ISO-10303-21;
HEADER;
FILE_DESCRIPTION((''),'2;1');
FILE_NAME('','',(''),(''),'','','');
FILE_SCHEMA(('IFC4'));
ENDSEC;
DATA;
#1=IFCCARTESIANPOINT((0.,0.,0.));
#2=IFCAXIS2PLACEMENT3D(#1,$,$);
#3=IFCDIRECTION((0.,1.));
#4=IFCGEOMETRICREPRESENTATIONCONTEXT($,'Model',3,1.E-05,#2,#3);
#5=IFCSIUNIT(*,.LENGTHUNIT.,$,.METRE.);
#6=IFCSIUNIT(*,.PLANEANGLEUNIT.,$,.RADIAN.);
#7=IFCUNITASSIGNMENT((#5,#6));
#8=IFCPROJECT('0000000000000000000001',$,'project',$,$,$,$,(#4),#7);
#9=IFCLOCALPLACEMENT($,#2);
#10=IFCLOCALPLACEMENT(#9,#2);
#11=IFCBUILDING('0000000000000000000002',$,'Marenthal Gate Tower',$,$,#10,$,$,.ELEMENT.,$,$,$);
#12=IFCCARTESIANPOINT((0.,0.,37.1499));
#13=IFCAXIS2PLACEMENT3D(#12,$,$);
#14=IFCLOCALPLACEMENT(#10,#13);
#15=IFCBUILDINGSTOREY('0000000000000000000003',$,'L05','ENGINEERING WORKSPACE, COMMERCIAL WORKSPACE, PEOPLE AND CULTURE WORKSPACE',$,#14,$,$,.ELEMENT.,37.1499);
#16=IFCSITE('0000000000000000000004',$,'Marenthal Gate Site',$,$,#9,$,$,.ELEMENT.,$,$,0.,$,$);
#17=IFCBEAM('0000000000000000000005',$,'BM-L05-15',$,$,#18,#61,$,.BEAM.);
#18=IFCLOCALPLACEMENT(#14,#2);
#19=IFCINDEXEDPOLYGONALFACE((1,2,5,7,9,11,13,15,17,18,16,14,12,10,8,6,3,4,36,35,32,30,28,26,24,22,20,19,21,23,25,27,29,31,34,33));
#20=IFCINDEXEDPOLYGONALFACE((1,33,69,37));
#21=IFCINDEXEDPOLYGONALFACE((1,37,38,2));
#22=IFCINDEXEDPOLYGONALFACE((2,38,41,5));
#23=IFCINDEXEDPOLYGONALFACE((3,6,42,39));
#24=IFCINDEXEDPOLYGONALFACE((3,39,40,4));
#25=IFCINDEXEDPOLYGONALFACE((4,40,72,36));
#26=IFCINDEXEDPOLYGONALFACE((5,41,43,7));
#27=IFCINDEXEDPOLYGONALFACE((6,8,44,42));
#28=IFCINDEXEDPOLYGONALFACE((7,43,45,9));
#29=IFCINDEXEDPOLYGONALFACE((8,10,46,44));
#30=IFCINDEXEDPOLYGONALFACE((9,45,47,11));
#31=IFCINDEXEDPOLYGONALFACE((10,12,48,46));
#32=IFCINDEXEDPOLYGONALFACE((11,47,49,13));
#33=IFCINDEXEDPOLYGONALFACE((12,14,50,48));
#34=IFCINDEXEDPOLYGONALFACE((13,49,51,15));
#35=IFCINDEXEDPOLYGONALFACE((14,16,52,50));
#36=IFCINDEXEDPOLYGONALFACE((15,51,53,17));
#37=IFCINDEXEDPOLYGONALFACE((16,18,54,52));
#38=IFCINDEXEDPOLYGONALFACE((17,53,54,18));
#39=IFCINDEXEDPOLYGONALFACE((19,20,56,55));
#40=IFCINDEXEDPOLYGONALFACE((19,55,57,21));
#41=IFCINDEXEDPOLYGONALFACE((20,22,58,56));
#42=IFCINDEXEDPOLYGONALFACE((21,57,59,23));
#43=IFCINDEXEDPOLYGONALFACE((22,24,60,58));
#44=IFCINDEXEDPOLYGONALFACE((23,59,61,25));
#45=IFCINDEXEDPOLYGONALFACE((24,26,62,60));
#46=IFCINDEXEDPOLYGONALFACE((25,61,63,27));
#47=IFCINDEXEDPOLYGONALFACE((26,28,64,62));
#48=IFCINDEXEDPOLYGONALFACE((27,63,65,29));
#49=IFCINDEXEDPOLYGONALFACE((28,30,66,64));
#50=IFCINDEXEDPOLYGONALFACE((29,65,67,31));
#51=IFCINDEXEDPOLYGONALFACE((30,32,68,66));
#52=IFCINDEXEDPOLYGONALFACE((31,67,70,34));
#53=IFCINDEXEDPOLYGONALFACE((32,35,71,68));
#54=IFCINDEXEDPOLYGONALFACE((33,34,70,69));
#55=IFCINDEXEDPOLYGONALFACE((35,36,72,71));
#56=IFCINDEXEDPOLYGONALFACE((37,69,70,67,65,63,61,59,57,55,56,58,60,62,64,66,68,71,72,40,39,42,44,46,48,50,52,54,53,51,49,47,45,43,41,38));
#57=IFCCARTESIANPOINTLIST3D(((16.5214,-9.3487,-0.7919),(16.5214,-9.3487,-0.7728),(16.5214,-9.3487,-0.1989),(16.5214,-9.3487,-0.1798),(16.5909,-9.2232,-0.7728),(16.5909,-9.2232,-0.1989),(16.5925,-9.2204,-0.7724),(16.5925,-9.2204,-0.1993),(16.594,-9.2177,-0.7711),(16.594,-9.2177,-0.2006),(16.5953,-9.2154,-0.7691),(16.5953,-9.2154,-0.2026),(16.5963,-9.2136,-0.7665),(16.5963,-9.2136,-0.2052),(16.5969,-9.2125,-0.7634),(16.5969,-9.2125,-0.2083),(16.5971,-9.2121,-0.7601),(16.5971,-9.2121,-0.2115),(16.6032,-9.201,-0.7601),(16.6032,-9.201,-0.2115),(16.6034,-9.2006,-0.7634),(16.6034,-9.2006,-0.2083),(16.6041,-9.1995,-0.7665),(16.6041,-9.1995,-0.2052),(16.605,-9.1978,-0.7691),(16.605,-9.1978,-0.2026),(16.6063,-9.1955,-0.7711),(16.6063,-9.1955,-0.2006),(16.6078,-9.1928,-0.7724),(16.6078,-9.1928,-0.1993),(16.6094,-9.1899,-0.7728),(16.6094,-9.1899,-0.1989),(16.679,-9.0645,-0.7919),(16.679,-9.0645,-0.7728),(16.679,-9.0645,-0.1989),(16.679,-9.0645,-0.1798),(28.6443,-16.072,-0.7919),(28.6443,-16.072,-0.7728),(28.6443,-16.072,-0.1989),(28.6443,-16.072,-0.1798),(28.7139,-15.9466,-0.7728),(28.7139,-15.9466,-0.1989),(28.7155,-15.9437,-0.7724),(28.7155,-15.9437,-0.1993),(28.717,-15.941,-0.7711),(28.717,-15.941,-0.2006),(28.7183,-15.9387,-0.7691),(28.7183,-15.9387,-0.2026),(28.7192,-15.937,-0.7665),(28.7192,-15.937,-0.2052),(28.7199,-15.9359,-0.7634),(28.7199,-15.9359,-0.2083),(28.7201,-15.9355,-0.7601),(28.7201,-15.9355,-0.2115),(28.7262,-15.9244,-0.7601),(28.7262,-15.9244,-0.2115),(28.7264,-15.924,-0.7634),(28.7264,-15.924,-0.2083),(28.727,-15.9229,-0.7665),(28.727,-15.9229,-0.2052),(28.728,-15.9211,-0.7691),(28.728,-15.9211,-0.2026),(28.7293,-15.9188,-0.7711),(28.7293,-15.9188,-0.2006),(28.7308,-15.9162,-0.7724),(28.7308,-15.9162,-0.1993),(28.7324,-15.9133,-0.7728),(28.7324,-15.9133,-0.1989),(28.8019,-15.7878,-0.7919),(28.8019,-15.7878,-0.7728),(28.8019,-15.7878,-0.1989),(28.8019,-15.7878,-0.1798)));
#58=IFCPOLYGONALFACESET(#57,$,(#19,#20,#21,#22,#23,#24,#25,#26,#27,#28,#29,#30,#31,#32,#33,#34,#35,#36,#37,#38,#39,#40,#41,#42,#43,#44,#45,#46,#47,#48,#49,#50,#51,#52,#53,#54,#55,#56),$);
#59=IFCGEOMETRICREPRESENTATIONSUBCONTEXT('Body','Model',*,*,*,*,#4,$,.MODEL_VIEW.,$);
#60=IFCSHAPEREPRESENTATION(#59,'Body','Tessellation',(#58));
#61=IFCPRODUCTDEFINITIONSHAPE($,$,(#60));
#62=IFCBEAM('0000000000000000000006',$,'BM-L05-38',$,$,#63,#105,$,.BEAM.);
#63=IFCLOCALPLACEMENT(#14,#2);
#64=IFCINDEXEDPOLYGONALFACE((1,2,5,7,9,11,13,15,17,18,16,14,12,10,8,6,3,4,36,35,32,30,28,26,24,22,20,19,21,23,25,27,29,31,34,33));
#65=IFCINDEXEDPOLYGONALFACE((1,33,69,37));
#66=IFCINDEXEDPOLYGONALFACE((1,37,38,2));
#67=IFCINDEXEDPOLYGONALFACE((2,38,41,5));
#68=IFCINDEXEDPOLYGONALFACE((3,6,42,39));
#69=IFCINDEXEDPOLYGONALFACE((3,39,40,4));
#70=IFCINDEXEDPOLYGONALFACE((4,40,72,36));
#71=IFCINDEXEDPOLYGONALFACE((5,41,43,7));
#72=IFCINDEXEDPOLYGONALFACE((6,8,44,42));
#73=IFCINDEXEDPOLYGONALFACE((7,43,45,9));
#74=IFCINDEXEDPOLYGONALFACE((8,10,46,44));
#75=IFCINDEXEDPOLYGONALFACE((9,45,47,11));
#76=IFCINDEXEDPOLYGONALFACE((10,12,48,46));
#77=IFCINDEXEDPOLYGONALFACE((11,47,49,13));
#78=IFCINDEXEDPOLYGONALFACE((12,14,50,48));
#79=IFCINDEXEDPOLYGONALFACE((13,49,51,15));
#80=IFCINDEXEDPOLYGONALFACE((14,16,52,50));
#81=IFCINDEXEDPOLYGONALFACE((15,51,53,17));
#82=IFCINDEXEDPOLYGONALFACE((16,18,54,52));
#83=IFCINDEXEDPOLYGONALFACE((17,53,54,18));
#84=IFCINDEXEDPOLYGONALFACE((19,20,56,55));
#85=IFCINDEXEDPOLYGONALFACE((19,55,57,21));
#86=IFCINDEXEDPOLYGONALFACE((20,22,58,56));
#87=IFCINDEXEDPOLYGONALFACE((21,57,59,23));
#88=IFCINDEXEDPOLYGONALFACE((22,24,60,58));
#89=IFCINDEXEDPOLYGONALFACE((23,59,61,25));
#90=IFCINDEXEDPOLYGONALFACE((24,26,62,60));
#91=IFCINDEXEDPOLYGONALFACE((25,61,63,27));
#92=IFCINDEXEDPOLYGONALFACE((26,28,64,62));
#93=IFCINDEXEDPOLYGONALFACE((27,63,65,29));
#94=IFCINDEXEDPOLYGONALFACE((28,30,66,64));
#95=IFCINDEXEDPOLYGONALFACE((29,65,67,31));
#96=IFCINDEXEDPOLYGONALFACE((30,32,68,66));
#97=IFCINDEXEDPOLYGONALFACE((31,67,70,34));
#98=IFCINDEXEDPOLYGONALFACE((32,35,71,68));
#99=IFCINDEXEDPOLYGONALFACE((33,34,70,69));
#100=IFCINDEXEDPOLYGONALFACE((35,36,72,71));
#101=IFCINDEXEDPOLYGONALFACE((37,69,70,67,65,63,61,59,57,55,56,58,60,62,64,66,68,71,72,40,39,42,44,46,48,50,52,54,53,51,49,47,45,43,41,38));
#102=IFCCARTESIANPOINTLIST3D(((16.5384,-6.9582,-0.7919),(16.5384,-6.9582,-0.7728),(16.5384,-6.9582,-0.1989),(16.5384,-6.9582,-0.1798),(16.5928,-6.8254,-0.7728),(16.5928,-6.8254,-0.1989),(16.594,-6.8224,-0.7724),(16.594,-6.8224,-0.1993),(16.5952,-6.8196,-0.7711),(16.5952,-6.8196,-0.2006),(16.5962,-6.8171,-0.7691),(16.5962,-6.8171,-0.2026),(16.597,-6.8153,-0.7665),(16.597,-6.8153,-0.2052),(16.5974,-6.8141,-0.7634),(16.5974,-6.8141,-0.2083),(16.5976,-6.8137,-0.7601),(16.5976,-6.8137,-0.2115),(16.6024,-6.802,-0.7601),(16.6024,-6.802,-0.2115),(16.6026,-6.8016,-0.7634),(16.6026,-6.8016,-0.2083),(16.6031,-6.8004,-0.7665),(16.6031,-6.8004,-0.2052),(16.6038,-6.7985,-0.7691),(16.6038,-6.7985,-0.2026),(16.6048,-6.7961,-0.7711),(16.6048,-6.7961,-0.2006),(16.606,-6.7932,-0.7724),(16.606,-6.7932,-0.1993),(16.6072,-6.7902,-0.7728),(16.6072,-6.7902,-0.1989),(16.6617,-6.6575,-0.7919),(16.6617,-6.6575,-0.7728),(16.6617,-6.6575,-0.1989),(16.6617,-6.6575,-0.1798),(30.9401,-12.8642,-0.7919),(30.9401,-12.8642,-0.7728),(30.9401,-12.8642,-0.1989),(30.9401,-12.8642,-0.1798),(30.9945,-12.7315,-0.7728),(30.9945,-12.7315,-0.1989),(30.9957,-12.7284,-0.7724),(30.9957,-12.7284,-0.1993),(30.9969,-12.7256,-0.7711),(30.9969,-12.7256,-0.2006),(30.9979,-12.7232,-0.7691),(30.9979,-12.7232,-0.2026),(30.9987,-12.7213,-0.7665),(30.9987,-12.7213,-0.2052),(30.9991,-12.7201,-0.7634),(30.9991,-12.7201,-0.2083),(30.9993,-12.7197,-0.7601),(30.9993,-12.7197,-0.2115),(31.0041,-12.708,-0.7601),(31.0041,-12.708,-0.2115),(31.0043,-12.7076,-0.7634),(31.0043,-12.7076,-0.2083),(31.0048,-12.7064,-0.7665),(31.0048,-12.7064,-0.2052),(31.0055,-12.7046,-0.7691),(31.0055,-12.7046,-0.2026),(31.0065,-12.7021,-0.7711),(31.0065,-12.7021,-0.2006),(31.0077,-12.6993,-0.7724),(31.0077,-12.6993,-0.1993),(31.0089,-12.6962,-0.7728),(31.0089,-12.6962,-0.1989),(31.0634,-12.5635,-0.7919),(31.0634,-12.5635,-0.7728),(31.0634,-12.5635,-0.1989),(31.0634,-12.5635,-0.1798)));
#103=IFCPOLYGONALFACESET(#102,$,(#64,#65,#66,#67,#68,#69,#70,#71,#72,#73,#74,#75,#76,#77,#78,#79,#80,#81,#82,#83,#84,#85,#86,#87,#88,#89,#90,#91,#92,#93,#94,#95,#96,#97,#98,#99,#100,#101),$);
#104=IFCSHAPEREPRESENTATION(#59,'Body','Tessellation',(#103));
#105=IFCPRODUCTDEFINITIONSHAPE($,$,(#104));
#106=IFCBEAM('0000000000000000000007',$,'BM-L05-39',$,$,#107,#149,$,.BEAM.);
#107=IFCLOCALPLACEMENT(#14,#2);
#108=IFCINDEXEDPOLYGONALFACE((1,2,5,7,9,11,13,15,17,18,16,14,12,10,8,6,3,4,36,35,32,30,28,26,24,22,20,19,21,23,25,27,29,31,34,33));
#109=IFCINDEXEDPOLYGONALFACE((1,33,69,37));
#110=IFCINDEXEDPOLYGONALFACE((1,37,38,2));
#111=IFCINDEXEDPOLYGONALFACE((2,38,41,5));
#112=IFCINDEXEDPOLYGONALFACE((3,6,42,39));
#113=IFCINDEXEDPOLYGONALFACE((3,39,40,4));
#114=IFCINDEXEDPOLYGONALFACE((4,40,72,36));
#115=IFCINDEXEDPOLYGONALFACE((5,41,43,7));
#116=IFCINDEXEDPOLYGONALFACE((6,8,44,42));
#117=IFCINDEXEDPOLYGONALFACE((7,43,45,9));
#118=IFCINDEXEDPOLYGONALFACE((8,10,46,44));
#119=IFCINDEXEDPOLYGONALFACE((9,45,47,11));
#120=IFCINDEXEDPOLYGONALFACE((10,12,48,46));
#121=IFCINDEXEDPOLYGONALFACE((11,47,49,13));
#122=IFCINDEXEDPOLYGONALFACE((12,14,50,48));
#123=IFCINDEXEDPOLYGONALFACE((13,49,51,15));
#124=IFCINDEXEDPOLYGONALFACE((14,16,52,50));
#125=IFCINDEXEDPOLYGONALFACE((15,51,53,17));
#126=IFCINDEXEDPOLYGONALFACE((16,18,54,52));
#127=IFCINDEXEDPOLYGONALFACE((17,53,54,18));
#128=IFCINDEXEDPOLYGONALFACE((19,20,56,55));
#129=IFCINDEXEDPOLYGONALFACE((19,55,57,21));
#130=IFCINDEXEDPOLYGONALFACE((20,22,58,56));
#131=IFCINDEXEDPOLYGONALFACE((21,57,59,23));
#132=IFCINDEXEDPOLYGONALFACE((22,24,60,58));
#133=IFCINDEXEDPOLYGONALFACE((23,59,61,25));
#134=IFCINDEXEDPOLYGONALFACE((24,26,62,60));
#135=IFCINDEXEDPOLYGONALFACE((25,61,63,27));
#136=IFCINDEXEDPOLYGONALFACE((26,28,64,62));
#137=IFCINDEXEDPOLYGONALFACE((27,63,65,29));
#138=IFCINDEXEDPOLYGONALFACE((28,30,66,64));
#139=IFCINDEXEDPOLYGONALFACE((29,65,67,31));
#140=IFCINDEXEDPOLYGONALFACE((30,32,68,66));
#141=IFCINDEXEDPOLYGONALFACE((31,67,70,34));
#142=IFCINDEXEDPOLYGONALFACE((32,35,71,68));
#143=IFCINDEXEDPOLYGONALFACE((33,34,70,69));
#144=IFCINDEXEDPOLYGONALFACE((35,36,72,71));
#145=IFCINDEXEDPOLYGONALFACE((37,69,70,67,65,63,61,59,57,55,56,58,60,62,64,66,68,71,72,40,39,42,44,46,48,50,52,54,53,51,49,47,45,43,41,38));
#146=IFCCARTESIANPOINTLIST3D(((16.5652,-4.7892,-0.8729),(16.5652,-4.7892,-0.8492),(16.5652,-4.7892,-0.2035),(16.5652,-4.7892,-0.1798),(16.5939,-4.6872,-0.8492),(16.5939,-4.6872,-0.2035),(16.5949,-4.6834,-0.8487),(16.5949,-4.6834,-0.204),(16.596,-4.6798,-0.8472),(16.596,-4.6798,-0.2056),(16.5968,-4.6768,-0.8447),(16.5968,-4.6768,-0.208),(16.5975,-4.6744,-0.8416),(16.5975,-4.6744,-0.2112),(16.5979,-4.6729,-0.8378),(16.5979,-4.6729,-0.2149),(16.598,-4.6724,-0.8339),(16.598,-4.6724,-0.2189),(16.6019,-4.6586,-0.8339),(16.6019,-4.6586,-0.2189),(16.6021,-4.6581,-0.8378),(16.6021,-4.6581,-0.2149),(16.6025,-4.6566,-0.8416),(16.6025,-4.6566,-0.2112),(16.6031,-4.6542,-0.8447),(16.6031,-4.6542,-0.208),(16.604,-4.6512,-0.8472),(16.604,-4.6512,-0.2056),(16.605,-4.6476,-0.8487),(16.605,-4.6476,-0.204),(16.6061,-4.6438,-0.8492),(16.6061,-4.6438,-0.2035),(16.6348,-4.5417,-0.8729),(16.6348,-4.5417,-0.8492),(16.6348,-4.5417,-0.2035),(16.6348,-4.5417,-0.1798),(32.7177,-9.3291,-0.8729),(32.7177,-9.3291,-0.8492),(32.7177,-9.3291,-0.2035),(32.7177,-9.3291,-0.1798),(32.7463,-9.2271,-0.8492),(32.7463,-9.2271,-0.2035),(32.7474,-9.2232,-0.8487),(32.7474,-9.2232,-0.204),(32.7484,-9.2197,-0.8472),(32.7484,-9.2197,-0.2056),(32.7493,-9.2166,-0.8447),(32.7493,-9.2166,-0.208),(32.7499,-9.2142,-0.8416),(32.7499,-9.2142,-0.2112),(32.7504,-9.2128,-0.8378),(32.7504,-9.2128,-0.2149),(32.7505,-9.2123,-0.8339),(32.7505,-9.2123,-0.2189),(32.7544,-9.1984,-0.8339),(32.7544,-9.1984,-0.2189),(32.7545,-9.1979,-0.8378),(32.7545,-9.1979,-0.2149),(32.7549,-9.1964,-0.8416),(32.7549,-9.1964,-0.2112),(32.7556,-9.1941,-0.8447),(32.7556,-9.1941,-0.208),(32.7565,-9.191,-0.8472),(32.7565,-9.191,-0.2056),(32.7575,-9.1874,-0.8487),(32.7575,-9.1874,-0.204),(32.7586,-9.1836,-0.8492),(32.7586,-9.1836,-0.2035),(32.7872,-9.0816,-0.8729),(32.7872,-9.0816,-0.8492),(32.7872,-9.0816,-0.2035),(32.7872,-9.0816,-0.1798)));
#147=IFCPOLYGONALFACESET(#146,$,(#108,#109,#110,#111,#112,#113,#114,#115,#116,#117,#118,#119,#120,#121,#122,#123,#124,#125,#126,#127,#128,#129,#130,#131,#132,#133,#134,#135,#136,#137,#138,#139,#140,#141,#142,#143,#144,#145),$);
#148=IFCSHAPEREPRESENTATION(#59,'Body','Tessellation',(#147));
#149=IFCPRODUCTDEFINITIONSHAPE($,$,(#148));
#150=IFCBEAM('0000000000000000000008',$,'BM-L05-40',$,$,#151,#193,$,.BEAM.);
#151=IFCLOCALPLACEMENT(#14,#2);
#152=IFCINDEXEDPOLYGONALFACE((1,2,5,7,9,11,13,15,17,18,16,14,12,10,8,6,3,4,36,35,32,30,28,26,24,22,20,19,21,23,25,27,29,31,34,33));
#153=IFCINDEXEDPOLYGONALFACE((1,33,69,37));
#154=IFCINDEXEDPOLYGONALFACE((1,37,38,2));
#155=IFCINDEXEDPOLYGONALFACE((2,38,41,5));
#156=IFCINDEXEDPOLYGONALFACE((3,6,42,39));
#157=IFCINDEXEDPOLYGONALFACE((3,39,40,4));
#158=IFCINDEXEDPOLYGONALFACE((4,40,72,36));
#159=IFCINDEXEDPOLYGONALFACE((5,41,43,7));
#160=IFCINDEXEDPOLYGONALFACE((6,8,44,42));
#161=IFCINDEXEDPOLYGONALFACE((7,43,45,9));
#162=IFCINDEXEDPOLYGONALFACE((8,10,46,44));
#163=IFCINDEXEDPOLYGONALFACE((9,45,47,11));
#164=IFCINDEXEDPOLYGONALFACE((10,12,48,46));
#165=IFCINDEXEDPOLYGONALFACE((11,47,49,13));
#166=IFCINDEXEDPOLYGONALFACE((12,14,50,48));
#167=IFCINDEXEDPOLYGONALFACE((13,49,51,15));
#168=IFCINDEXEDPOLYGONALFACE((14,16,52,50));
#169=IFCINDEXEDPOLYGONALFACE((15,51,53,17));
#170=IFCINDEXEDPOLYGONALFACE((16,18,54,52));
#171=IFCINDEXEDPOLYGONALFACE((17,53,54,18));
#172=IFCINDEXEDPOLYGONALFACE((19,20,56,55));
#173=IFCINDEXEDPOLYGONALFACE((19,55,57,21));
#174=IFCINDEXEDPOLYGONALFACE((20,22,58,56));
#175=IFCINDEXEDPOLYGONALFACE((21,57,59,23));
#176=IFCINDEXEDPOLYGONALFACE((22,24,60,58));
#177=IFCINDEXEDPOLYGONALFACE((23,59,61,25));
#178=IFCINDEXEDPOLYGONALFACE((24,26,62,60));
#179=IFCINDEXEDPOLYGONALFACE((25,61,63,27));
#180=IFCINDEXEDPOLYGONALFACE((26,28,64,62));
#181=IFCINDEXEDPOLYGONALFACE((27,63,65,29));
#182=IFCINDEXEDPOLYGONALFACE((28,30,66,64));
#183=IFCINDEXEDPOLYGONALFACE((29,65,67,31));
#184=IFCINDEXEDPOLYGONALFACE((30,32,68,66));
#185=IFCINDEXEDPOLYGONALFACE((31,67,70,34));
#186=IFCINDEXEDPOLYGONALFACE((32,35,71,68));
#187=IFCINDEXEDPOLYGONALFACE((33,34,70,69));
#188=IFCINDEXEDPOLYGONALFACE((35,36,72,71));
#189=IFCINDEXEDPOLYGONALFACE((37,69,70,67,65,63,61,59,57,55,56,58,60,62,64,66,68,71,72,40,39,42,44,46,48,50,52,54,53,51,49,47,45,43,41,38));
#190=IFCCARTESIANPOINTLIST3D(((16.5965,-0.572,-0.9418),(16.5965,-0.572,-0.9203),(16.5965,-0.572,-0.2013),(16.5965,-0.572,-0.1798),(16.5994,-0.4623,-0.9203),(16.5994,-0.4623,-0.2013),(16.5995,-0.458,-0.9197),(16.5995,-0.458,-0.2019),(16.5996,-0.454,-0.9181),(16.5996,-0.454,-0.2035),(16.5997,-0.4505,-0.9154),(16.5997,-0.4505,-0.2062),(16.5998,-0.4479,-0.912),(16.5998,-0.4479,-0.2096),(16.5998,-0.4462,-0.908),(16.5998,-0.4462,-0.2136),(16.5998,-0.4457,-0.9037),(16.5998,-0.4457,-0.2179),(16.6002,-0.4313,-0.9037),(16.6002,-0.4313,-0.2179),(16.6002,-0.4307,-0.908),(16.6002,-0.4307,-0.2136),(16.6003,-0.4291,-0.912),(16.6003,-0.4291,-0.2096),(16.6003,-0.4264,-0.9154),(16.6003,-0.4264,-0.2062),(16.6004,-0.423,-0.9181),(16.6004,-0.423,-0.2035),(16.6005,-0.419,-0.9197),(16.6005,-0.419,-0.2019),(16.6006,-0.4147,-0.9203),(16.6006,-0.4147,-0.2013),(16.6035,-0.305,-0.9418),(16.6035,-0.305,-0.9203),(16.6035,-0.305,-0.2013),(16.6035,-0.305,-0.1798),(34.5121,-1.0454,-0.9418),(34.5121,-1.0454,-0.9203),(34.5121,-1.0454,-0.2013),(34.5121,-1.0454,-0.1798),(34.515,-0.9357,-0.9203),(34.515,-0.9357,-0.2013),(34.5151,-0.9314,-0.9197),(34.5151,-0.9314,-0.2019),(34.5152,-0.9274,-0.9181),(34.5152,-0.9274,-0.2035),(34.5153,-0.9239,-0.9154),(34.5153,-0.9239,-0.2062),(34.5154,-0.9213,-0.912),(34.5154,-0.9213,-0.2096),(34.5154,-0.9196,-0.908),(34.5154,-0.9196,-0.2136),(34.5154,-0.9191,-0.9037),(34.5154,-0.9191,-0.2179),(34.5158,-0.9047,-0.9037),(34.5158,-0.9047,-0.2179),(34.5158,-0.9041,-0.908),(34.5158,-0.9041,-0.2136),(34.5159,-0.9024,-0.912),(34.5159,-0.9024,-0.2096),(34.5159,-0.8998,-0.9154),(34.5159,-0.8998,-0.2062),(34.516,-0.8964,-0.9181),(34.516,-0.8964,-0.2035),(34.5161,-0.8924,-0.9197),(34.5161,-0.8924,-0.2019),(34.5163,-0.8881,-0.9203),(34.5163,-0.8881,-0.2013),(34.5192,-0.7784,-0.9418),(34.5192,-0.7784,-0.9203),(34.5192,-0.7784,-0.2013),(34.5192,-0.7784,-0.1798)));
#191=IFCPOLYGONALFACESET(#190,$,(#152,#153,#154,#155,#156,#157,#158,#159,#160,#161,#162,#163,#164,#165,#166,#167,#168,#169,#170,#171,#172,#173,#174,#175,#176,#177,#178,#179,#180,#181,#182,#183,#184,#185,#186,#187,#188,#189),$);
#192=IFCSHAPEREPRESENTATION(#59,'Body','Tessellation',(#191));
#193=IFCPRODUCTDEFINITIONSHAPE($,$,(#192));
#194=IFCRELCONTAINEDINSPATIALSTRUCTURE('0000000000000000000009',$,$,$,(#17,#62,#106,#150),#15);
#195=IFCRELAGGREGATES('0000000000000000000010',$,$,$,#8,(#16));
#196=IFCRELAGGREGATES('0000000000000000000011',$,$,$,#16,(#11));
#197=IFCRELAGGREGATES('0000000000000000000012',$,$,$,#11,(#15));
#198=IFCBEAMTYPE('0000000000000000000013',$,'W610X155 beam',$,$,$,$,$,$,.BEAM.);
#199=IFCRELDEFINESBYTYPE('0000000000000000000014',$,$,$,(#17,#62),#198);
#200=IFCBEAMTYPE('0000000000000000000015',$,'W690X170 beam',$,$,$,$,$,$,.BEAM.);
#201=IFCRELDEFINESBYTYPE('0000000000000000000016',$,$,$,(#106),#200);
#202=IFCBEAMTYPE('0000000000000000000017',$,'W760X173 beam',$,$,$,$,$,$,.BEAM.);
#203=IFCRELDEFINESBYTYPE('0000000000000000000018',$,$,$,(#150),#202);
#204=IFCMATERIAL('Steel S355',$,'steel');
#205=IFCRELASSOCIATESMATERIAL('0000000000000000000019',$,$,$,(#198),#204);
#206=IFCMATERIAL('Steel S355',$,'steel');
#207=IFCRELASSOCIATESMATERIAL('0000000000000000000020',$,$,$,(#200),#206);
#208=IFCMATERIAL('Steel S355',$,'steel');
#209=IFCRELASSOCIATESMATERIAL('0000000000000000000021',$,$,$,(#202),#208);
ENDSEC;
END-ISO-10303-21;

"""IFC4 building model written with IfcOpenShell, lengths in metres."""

from ifc_helpers import new_model, si_unit, direction, frame, origin, origin_2d, place, context, subcontext, project, spatial, i_section, extrude, material, material_profile, profile_set, type_object, element, save


model = new_model("IFC4")

# Units and contexts
model_context = context("Model", 3, precision=1e-05, world=origin(), true_north=direction((0.0, 1.0)))
body_context = subcontext(model_context, "Body", "Model", "MODEL_VIEW")
ifc_project = project(units=[si_unit("LENGTHUNIT", "METRE"), si_unit("PLANEANGLEUNIT", "RADIAN")], contexts=[model_context])

# Site, building, storey
site_placement = place(None, origin())
site = spatial("IfcSite", under=ifc_project, at=site_placement, Name="Marenthal Gate Site", CompositionType="ELEMENT", RefElevation=0.0)
building_placement = place(site_placement, origin())
building = spatial("IfcBuilding", under=site, at=building_placement, Name="Marenthal Gate Tower", CompositionType="ELEMENT")
storey_placement = place(building_placement, frame((0.0, 0.0, 37.1499)))
storey = spatial("IfcBuildingStorey", under=building, at=storey_placement, Name="L05", Description="ENGINEERING WORKSPACE, COMMERCIAL WORKSPACE, PEOPLE AND CULTURE WORKSPACE", CompositionType="ELEMENT", Elevation=37.1499)

# Beams
ifc_material_1 = material(Name="Steel S355", Category="steel")
ifc_material_profile_1 = material_profile(ifc_material_1, i_section(OverallWidth=0.325, OverallDepth=0.6121, WebThickness=0.0127, FlangeThickness=0.019, FilletRadius=0.0127, at=origin_2d()), Name="W610X155")
ifc_profile_set_1 = profile_set([ifc_material_profile_1], Name="Steel S355")
beam_type_1 = type_object("IfcBeamType", Name="W610X155 beam", PredefinedType="BEAM", material=ifc_profile_set_1)
beam_1_placement = place(storey_placement, frame((28.7231, -15.9299, -0.4858), z_axis=(-0.874513, 0.485001, 0.0), x_axis=(-0.485001, -0.874513, 0.0)))
element("IfcBeam", 1, at=beam_1_placement, inside=storey, type_object=beam_type_1, Name="BM-L05-15", PredefinedType="BEAM", context=body_context, shape_type="SweptSolid", body=[
    extrude(i_section(OverallWidth=0.325, OverallDepth=0.6121, WebThickness=0.0127, FlangeThickness=0.019, FilletRadius=0.0127, at=origin_2d()), origin(), (0.0, 0.0, 1.0), 13.8625),
])
beam_2_placement = place(storey_placement, frame((31.0017, -12.7139, -0.4858), z_axis=(-0.925222, 0.379427, 0.0), x_axis=(-0.379427, -0.925222, 0.0)))
element("IfcBeam", 2, at=beam_2_placement, inside=storey, type_object=beam_type_1, Name="BM-L05-38", PredefinedType="BEAM", context=body_context, shape_type="SweptSolid", body=[
    extrude(i_section(OverallWidth=0.325, OverallDepth=0.6121, WebThickness=0.0127, FlangeThickness=0.019, FilletRadius=0.0127, at=origin_2d()), origin(), (0.0, 0.0, 1.0), 15.5657),
])
ifc_material_2 = material(Name="Steel S355", Category="steel")
ifc_material_profile_2 = material_profile(ifc_material_2, i_section(OverallWidth=0.2571, OverallDepth=0.6931, WebThickness=0.0144, FlangeThickness=0.0237, FilletRadius=0.0154, at=origin_2d()), Name="W690X170")
ifc_profile_set_2 = profile_set([ifc_material_profile_2], Name="Steel S355")
beam_type_2 = type_object("IfcBeamType", Name="W690X170 beam", PredefinedType="BEAM", material=ifc_profile_set_2)
beam_3_placement = place(storey_placement, frame((32.7524, -9.2053, -0.5264), z_axis=(-0.962698, 0.270577, 0.0), x_axis=(-0.270577, -0.962698, 0.0)))
element("IfcBeam", 3, at=beam_3_placement, inside=storey, type_object=beam_type_2, Name="BM-L05-39", PredefinedType="BEAM", context=body_context, shape_type="SweptSolid", body=[
    extrude(i_section(OverallWidth=0.2571, OverallDepth=0.6931, WebThickness=0.0144, FlangeThickness=0.0237, FilletRadius=0.0154, at=origin_2d()), origin(), (0.0, 0.0, 1.0), 16.7783),
])
ifc_material_3 = material(Name="Steel S355", Category="steel")
ifc_material_profile_3 = material_profile(ifc_material_3, i_section(OverallWidth=0.2671, OverallDepth=0.762, WebThickness=0.0144, FlangeThickness=0.0215, FilletRadius=0.0166, at=origin_2d()), Name="W760X173")
ifc_profile_set_3 = profile_set([ifc_material_profile_3], Name="Steel S355")
beam_type_3 = type_object("IfcBeamType", Name="W760X173 beam", PredefinedType="BEAM", material=ifc_profile_set_3)
beam_4_placement = place(storey_placement, frame((34.5156, -0.9119, -0.5608), z_axis=(-0.999651, 0.026414, 0.0), x_axis=(-0.026414, -0.999651, 0.0)))
element("IfcBeam", 4, at=beam_4_placement, inside=storey, type_object=beam_type_3, Name="BM-L05-40", PredefinedType="BEAM", context=body_context, shape_type="SweptSolid", body=[
    extrude(i_section(OverallWidth=0.2671, OverallDepth=0.762, WebThickness=0.0144, FlangeThickness=0.0215, FilletRadius=0.0166, at=origin_2d()), origin(), (0.0, 0.0, 1.0), 17.9219),
])

save(model, "model.ifc")
